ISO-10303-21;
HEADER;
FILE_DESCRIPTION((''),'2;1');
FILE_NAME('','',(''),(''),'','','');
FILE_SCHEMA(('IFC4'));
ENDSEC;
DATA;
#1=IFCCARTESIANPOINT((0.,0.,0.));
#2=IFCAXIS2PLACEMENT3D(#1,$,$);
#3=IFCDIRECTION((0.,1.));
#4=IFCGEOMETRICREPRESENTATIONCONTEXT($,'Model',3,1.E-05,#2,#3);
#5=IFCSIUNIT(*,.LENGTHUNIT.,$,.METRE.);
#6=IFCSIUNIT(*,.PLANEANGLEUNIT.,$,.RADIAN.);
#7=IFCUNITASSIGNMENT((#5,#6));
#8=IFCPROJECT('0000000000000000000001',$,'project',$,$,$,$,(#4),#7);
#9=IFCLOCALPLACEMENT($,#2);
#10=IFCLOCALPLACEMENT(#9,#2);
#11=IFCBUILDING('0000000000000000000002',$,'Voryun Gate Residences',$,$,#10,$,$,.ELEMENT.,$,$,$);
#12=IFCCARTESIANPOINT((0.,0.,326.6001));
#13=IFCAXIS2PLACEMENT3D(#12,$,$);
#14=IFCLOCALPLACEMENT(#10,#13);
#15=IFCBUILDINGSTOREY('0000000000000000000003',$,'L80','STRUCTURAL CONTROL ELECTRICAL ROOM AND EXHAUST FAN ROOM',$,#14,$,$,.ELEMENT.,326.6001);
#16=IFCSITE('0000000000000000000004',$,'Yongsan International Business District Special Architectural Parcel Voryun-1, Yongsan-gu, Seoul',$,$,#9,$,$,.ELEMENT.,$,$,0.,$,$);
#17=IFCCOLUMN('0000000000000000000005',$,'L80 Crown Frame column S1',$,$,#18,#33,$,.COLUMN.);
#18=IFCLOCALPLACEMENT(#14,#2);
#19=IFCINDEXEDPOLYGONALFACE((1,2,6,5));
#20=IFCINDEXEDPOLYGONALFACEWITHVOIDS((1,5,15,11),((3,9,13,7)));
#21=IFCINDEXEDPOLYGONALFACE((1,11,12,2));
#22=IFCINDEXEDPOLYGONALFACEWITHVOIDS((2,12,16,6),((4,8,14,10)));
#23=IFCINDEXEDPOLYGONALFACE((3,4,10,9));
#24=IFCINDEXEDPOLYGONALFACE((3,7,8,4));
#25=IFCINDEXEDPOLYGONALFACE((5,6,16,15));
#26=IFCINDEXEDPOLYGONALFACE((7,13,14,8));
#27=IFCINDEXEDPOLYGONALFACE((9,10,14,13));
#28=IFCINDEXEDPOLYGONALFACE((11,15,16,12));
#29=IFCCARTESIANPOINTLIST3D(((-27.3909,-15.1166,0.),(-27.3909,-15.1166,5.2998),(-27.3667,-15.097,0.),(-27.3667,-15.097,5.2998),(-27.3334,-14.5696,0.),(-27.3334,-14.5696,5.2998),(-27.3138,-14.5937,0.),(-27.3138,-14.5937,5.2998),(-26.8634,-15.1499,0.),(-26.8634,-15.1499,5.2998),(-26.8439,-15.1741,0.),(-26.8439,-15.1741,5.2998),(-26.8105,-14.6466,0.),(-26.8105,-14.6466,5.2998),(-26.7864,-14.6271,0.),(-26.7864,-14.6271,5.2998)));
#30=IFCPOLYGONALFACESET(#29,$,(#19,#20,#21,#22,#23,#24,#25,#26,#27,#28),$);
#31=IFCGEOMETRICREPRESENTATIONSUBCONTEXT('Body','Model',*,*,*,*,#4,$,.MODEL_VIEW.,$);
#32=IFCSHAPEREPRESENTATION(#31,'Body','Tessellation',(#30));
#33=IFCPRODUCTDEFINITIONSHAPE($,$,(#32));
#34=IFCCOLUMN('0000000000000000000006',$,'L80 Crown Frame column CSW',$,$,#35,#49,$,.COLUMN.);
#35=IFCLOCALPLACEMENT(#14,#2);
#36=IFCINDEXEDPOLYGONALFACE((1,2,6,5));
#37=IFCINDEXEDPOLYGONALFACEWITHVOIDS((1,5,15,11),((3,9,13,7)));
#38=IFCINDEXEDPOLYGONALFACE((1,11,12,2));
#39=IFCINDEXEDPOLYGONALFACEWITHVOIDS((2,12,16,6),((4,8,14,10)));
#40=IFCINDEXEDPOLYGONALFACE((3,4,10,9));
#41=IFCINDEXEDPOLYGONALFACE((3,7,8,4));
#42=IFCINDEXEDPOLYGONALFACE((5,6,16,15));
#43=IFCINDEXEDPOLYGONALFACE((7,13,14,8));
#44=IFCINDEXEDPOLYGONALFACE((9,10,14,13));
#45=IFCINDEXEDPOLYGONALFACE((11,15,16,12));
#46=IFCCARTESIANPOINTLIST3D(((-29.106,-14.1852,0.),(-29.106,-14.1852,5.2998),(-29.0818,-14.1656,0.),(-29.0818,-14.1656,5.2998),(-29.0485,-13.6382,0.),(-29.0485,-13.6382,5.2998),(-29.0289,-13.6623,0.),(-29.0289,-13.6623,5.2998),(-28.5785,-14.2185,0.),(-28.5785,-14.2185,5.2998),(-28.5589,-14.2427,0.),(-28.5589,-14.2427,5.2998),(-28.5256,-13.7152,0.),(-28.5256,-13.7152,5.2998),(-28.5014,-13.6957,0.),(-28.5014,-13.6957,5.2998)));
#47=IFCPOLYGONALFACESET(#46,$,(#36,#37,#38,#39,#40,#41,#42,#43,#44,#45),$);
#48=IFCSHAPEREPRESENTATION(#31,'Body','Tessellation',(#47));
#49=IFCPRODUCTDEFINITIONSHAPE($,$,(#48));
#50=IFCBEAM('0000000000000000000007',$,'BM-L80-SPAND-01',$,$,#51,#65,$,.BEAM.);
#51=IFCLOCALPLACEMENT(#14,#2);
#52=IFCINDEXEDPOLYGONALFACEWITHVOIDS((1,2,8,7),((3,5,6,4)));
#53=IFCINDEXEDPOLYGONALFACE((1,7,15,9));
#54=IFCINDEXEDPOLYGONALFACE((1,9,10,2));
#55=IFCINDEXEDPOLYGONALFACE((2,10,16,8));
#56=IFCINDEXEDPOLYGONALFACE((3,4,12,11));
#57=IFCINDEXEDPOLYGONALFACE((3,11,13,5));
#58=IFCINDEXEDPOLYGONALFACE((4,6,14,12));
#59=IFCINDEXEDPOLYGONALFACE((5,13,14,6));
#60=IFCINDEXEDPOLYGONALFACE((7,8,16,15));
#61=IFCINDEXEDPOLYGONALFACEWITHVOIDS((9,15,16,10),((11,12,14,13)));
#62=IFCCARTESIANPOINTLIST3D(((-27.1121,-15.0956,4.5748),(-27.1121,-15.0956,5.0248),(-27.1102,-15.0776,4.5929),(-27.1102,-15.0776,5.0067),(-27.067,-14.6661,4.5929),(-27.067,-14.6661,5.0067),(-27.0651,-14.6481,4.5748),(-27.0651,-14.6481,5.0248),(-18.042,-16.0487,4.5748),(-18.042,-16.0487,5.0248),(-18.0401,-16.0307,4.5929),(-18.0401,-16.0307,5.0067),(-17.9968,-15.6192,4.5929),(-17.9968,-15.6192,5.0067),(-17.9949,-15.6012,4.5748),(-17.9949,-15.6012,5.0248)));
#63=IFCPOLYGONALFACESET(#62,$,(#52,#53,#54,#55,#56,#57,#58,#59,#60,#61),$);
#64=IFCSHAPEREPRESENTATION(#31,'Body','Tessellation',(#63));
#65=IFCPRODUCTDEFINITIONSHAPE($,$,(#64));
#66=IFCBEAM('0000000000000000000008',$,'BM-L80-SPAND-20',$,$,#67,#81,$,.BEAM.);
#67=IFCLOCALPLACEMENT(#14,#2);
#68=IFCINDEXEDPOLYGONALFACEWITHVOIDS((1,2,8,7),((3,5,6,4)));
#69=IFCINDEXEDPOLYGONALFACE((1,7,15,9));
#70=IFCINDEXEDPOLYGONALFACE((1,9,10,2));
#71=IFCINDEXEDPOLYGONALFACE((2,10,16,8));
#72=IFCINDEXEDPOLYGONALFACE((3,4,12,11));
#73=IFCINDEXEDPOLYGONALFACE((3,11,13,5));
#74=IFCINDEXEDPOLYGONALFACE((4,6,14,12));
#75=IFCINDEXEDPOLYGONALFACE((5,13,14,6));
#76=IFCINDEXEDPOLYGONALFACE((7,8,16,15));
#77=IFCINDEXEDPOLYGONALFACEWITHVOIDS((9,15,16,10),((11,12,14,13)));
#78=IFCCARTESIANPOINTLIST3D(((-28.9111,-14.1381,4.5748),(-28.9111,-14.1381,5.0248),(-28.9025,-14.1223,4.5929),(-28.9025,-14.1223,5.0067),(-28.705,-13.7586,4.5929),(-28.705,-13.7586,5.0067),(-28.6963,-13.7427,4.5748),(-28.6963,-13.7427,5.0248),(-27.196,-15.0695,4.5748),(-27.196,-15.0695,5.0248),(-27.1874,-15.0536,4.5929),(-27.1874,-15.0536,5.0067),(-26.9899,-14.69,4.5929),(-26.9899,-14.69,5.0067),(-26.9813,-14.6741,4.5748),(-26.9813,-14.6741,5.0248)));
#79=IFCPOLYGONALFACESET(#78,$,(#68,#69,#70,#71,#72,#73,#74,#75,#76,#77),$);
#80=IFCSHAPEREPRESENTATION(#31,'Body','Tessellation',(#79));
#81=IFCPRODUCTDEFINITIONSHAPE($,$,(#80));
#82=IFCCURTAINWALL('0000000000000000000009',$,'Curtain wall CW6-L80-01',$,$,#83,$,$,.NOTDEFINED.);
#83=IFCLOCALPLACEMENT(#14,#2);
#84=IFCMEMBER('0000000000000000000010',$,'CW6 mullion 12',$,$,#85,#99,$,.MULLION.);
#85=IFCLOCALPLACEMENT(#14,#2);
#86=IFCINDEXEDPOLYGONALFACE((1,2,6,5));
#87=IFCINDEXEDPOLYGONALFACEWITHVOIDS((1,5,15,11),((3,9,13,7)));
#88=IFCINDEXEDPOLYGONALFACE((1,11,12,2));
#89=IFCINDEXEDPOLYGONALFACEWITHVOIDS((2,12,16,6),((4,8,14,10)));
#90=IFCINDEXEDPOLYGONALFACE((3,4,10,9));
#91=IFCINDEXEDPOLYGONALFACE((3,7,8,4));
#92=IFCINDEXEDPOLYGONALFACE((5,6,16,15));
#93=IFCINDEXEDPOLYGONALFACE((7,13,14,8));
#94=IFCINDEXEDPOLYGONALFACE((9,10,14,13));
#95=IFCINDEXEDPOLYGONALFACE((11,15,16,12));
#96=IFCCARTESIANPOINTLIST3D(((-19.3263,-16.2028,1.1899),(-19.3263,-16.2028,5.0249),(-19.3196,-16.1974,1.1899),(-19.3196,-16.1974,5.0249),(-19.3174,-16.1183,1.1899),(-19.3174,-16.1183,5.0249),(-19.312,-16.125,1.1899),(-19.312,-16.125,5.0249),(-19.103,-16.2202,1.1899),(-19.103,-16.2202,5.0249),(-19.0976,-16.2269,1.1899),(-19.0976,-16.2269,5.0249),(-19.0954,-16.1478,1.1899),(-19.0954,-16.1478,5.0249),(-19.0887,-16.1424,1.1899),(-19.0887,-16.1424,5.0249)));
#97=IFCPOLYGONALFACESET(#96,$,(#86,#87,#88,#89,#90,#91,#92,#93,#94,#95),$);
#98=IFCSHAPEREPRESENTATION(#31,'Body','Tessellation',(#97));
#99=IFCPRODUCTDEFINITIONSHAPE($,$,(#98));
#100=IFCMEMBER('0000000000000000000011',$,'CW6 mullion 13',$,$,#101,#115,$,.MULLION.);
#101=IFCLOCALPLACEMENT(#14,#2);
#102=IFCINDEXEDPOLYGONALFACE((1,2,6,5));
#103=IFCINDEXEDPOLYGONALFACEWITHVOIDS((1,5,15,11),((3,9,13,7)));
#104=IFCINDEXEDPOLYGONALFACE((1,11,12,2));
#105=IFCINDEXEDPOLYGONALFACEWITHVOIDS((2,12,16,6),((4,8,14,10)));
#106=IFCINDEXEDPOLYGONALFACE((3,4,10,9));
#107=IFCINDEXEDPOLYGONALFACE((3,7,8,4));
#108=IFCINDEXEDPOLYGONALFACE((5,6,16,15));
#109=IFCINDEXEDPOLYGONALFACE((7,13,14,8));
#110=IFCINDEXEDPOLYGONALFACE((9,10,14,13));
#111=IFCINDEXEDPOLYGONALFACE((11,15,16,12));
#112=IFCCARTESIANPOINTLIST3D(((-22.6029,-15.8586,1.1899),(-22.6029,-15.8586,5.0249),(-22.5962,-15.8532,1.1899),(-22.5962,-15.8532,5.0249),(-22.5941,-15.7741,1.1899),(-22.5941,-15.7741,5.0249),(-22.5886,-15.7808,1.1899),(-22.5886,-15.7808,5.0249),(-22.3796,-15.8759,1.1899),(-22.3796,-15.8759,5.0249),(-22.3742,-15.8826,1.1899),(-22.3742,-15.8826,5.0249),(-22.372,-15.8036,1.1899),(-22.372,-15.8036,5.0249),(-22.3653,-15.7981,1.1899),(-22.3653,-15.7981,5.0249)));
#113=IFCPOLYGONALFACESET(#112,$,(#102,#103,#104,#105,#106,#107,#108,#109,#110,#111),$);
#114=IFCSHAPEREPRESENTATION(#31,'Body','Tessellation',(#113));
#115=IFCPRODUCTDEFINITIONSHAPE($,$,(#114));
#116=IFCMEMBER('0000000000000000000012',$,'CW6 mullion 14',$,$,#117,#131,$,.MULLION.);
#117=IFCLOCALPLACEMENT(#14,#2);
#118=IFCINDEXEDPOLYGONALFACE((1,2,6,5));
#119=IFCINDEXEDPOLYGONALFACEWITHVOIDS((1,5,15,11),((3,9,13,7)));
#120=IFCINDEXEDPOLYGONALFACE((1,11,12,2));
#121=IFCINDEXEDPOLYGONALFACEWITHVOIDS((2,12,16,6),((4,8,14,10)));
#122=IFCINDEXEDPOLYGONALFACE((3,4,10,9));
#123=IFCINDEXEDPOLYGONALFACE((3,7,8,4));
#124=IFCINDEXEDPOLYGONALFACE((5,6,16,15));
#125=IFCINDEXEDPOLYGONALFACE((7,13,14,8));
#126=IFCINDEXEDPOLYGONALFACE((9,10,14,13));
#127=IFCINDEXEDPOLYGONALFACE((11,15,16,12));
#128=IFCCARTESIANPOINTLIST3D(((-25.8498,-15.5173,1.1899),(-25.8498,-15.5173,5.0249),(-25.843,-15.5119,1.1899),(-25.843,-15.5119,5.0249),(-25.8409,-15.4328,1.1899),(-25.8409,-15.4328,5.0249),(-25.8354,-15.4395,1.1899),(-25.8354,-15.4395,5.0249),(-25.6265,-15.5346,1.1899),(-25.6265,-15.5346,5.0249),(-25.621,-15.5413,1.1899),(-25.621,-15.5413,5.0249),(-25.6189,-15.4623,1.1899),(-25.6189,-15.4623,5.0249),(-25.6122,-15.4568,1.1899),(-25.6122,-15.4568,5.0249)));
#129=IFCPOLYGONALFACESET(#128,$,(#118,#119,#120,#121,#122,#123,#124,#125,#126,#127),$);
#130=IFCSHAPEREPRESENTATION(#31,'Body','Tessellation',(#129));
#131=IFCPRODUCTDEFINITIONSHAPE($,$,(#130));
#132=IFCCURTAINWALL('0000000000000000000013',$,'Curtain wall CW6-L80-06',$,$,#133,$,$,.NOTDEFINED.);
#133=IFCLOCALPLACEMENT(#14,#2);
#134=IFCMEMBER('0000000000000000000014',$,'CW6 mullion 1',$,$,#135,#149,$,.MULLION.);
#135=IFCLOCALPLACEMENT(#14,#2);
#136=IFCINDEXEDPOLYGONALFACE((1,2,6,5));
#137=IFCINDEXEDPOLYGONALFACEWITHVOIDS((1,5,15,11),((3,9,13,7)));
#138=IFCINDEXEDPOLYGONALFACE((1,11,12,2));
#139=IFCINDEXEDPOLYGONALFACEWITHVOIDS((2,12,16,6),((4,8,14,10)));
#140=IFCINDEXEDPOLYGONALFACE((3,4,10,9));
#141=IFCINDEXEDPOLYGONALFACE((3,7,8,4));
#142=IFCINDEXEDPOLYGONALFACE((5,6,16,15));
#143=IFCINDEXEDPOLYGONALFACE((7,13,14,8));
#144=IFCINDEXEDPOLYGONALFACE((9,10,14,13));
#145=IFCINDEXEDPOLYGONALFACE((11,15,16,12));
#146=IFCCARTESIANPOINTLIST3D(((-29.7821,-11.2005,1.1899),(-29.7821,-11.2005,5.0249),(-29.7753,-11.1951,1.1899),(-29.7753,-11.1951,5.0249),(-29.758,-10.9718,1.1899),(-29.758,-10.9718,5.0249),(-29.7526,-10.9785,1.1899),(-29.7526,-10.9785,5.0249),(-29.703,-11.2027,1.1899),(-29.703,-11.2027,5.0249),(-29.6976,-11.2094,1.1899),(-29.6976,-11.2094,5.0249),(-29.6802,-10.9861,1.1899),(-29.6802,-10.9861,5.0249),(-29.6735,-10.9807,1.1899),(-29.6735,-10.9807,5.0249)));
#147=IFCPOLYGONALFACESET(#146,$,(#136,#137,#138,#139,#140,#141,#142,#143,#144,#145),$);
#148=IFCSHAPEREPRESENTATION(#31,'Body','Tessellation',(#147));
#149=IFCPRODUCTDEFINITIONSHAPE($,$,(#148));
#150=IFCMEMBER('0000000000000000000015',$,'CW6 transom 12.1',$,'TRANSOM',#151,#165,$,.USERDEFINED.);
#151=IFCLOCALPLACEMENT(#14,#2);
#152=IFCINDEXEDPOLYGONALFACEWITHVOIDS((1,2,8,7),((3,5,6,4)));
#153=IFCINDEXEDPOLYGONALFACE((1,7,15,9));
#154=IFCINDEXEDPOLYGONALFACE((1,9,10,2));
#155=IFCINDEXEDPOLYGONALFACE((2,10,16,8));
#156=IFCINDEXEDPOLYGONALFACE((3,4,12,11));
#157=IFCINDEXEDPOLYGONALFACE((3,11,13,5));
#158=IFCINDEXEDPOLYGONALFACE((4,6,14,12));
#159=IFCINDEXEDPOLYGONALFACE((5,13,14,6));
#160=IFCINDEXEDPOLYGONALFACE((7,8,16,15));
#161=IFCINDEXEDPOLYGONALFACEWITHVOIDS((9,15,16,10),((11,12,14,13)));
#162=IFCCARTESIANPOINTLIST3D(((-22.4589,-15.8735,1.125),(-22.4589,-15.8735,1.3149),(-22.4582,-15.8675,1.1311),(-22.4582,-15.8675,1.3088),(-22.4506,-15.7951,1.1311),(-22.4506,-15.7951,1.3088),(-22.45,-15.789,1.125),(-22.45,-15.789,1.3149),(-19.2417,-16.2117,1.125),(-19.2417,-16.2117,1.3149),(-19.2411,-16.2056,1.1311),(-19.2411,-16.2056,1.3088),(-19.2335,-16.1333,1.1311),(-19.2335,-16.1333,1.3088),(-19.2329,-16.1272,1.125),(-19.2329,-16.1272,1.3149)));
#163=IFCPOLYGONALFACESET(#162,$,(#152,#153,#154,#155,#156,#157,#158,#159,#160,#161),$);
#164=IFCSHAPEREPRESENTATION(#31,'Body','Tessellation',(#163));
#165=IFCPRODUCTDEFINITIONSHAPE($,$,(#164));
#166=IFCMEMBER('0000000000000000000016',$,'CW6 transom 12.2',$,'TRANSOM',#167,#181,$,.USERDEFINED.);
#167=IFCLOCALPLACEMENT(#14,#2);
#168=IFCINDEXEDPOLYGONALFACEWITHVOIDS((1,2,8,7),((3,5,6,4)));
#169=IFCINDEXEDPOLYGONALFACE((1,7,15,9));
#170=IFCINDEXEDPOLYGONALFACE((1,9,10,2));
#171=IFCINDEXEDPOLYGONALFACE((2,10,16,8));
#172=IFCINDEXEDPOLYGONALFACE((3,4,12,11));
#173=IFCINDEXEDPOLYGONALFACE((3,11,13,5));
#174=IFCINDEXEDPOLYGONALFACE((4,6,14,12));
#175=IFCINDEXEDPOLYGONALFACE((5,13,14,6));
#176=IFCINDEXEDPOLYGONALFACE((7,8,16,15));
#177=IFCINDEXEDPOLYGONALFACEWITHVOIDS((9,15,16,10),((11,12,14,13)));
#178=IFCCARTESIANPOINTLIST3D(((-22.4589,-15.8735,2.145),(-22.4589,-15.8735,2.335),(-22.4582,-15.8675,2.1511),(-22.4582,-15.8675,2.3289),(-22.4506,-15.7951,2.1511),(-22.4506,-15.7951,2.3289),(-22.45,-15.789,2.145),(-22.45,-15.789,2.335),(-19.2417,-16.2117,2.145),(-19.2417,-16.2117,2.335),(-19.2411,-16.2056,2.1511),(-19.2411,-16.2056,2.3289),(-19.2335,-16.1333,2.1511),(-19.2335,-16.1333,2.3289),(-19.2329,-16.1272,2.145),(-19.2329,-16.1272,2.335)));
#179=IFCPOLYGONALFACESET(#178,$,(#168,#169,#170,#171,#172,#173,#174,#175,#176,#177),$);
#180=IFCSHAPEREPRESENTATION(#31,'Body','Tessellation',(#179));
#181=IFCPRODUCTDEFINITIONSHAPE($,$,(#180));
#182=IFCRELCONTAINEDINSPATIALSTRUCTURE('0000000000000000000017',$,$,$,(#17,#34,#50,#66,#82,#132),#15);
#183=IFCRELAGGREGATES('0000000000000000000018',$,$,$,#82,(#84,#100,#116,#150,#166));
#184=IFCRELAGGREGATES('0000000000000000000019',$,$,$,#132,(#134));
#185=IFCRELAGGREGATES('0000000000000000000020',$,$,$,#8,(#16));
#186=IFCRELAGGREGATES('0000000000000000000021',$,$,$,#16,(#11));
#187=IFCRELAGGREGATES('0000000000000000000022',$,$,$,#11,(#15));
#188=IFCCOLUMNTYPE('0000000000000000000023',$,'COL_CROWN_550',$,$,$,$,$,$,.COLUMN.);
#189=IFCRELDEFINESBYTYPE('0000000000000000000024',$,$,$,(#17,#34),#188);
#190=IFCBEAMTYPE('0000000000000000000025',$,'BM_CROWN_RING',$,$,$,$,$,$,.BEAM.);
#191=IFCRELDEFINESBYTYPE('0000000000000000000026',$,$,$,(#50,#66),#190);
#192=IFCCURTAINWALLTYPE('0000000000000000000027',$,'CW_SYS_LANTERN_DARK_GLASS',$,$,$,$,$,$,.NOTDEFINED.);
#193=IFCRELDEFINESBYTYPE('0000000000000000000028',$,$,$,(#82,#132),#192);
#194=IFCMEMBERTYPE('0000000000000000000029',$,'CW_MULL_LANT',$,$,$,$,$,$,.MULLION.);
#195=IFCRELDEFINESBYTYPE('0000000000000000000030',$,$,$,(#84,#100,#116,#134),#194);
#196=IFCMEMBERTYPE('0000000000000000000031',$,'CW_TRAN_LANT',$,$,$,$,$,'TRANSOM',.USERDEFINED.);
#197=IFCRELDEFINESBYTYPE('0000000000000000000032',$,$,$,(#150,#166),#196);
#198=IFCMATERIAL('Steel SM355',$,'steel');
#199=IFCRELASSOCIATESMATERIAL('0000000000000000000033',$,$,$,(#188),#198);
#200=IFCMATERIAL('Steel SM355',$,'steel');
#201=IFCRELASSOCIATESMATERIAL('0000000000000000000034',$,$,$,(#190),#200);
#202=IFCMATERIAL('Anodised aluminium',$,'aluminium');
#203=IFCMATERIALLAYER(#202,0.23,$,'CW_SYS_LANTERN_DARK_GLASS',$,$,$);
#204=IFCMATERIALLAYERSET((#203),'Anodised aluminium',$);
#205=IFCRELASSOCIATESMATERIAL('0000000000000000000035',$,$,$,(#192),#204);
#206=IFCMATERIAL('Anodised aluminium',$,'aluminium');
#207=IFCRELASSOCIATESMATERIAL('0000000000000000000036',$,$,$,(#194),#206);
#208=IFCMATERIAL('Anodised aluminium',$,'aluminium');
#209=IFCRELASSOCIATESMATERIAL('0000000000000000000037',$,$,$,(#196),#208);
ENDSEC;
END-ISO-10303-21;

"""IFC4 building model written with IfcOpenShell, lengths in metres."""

from ifc_helpers import new_model, si_unit, direction, frame, origin, origin_2d, place, context, subcontext, project, spatial, hollow_rectangle, extrude, material, layer, layer_set, material_profile, profile_set, type_object, element, aggregate, save


model = new_model("IFC4")

# Units and contexts
model_context = context("Model", 3, precision=1e-05, world=origin(), true_north=direction((0.0, 1.0)))
body_context = subcontext(model_context, "Body", "Model", "MODEL_VIEW")
ifc_project = project(units=[si_unit("LENGTHUNIT", "METRE"), si_unit("PLANEANGLEUNIT", "RADIAN")], contexts=[model_context])

# Site, building, storey
site_placement = place(None, origin())
site = spatial("IfcSite", under=ifc_project, at=site_placement, Name="Yongsan International Business District Special Architectural Parcel Voryun-1, Yongsan-gu, Seoul", CompositionType="ELEMENT", RefElevation=0.0)
building_placement = place(site_placement, origin())
building = spatial("IfcBuilding", under=site, at=building_placement, Name="Voryun Gate Residences", CompositionType="ELEMENT")
storey_placement = place(building_placement, frame((0.0, 0.0, 326.6001)))
storey = spatial("IfcBuildingStorey", under=building, at=storey_placement, Name="L80", Description="STRUCTURAL CONTROL ELECTRICAL ROOM AND EXHAUST FAN ROOM", CompositionType="ELEMENT", Elevation=326.6001)

# Columns
ifc_material_1 = material(Name="Steel SM355", Category="steel")
ifc_material_profile_1 = material_profile(ifc_material_1, hollow_rectangle(XDim=0.55, YDim=0.55, WallThickness=0.022, at=origin_2d()), Name="BOX-550x550x22")
ifc_profile_set_1 = profile_set([ifc_material_profile_1], Name="Steel SM355")
column_type = type_object("IfcColumnType", Name="COL_CROWN_550", PredefinedType="COLUMN", material=ifc_profile_set_1)
for number, where, z_axis, x_axis, name in (
    (1, (-27.0886, -14.8718, 0.0), (0.0, 0.0, 1.0), (0.994522, -0.104528, 0.0), "L80 Crown Frame column S1"),
    (2, (-28.8037, -13.9404, 0.0), (0.0, 0.0, 1.0), (0.994522, -0.104528, 0.0), "L80 Crown Frame column CSW"),
):
    element("IfcColumn", number, at=place(storey_placement, frame(where, z_axis=z_axis, x_axis=x_axis)), inside=storey, type_object=column_type, Name=name, PredefinedType="COLUMN", context=body_context, shape_type="SweptSolid", body=[
        extrude(hollow_rectangle(XDim=0.55, YDim=0.55, WallThickness=0.022, at=origin_2d()), origin(), (0.0, 0.0, 1.0), 5.2998),
    ])

# Beams
ifc_material_2 = material(Name="Steel SM355", Category="steel")
ifc_material_profile_2 = material_profile(ifc_material_2, hollow_rectangle(XDim=0.45, YDim=0.45, WallThickness=0.0181, at=origin_2d()), Name="BOX-450x450x18")
ifc_profile_set_2 = profile_set([ifc_material_profile_2], Name="Steel SM355")
beam_type = type_object("IfcBeamType", Name="BM_CROWN_RING", PredefinedType="BEAM", material=ifc_profile_set_2)
beam_1_placement = place(storey_placement, frame((-27.0886, -14.8718, 4.7998), z_axis=(0.994524, -0.104509, 0.0), x_axis=(0.104509, 0.994524, 0.0)))
element("IfcBeam", 3, at=beam_1_placement, inside=storey, type_object=beam_type, Name="BM-L80-SPAND-01", PredefinedType="BEAM", context=body_context, shape_type="SweptSolid", body=[
    extrude(hollow_rectangle(XDim=0.45, YDim=0.45, WallThickness=0.0181, at=origin_2d()), origin(), (0.0, 0.0, 1.0), 9.1201),
])
beam_2_placement = place(storey_placement, frame((-28.8037, -13.9404, 4.7998), z_axis=(0.878778, -0.47723, 0.0), x_axis=(0.47723, 0.878778, 0.0)))
element("IfcBeam", 4, at=beam_2_placement, inside=storey, type_object=beam_type, Name="BM-L80-SPAND-20", PredefinedType="BEAM", context=body_context, shape_type="SweptSolid", body=[
    extrude(hollow_rectangle(XDim=0.45, YDim=0.45, WallThickness=0.0181, at=origin_2d()), origin(), (0.0, 0.0, 1.0), 1.9517),
])

# Curtain wall, members
ifc_material_3 = material(Name="Anodised aluminium", Category="aluminium")
ifc_layer_1 = layer(ifc_material_3, 0.23, Name="CW_SYS_LANTERN_DARK_GLASS")
ifc_layer_set_1 = layer_set([ifc_layer_1], Name="Anodised aluminium")
curtain_wall_type = type_object("IfcCurtainWallType", Name="CW_SYS_LANTERN_DARK_GLASS", PredefinedType="NOTDEFINED", material=ifc_layer_set_1)
curtain_wall_1_placement = place(storey_placement, origin())
curtain_wall_1 = element("IfcCurtainWall", 5, at=curtain_wall_1_placement, inside=storey, type_object=curtain_wall_type, Name="Curtain wall CW6-L80-01", PredefinedType="NOTDEFINED")
ifc_material_4 = material(Name="Anodised aluminium", Category="aluminium")
ifc_material_profile_3 = material_profile(ifc_material_4, hollow_rectangle(XDim=0.085, YDim=0.23, WallThickness=0.0061, at=origin_2d()), Name="ALU-MULL-230x85x6")
ifc_profile_set_3 = profile_set([ifc_material_profile_3], Name="Anodised aluminium")
member_type_1 = type_object("IfcMemberType", Name="CW_MULL_LANT", PredefinedType="MULLION", material=ifc_profile_set_3)
member_1_placement = place(storey_placement, frame((-19.2075, -16.1726, 1.1899), z_axis=(0.0, 0.0, 1.0), x_axis=(-0.104528, -0.994522, 0.0)))
member_1 = element("IfcMember", 6, at=member_1_placement, type_object=member_type_1, Name="CW6 mullion 12", PredefinedType="MULLION", context=body_context, shape_type="SweptSolid", body=[
    extrude(hollow_rectangle(XDim=0.085, YDim=0.23, WallThickness=0.0061, at=origin_2d()), origin(), (0.0, 0.0, 1.0), 3.835),
])
member_2_placement = place(storey_placement, frame((-22.4841, -15.8284, 1.1899), z_axis=(0.0, 0.0, 1.0), x_axis=(-0.104528, -0.994522, 0.0)))
member_2 = element("IfcMember", 7, at=member_2_placement, type_object=member_type_1, Name="CW6 mullion 13", PredefinedType="MULLION", context=body_context, shape_type="SweptSolid", body=[
    extrude(hollow_rectangle(XDim=0.085, YDim=0.23, WallThickness=0.0061, at=origin_2d()), origin(), (0.0, 0.0, 1.0), 3.835),
])
member_3_placement = place(storey_placement, frame((-25.731, -15.4871, 1.1899), z_axis=(0.0, 0.0, 1.0), x_axis=(-0.104528, -0.994522, 0.0)))
member_3 = element("IfcMember", 8, at=member_3_placement, type_object=member_type_1, Name="CW6 mullion 14", PredefinedType="MULLION", context=body_context, shape_type="SweptSolid", body=[
    extrude(hollow_rectangle(XDim=0.085, YDim=0.23, WallThickness=0.0061, at=origin_2d()), origin(), (0.0, 0.0, 1.0), 3.835),
])

# Curtain wall, member
curtain_wall_2_placement = place(storey_placement, origin())
curtain_wall_2 = element("IfcCurtainWall", 9, at=curtain_wall_2_placement, inside=storey, type_object=curtain_wall_type, Name="Curtain wall CW6-L80-06", PredefinedType="NOTDEFINED")
member_4_placement = place(storey_placement, frame((-29.7278, -11.0906, 1.1899), z_axis=(0.0, 0.0, 1.0), x_axis=(-0.994522, 0.104528, 0.0)))
member_4 = element("IfcMember", 10, at=member_4_placement, type_object=member_type_1, Name="CW6 mullion 1", PredefinedType="MULLION", context=body_context, shape_type="SweptSolid", body=[
    extrude(hollow_rectangle(XDim=0.085, YDim=0.23, WallThickness=0.0061, at=origin_2d()), origin(), (0.0, 0.0, 1.0), 3.835),
])

# Members
ifc_material_5 = material(Name="Anodised aluminium", Category="aluminium")
ifc_material_profile_4 = material_profile(ifc_material_5, hollow_rectangle(XDim=0.085, YDim=0.1899, WallThickness=0.0061, at=origin_2d()), Name="ALU-TRAN-190x85x6")
ifc_profile_set_4 = profile_set([ifc_material_profile_4], Name="Anodised aluminium")
member_type_2 = type_object("IfcMemberType", Name="CW_TRAN_LANT", ElementType="TRANSOM", PredefinedType="USERDEFINED", material=ifc_profile_set_4)
member_5_placement = place(storey_placement, frame((-19.2373, -16.1694, 1.22), z_axis=(-0.994522, 0.104532, 0.0), x_axis=(-0.104532, -0.994522, 0.0)))
member_5 = element("IfcMember", 11, at=member_5_placement, type_object=member_type_2, Name="CW6 transom 12.1", ObjectType="TRANSOM", PredefinedType="USERDEFINED", context=body_context, shape_type="SweptSolid", body=[
    extrude(hollow_rectangle(XDim=0.085, YDim=0.1899, WallThickness=0.0061, at=origin_2d()), origin(), (0.0, 0.0, 1.0), 3.2349),
])
member_6_placement = place(storey_placement, frame((-19.2373, -16.1694, 2.24), z_axis=(-0.994522, 0.104532, 0.0), x_axis=(-0.104532, -0.994522, 0.0)))
member_6 = element("IfcMember", 12, at=member_6_placement, type_object=member_type_2, Name="CW6 transom 12.2", ObjectType="TRANSOM", PredefinedType="USERDEFINED", context=body_context, shape_type="SweptSolid", body=[
    extrude(hollow_rectangle(XDim=0.085, YDim=0.1899, WallThickness=0.0061, at=origin_2d()), origin(), (0.0, 0.0, 1.0), 3.2349),
])

aggregate(curtain_wall_1, [member_1, member_2, member_3, member_5, member_6])
aggregate(curtain_wall_2, [member_4])

save(model, "model.ifc")
